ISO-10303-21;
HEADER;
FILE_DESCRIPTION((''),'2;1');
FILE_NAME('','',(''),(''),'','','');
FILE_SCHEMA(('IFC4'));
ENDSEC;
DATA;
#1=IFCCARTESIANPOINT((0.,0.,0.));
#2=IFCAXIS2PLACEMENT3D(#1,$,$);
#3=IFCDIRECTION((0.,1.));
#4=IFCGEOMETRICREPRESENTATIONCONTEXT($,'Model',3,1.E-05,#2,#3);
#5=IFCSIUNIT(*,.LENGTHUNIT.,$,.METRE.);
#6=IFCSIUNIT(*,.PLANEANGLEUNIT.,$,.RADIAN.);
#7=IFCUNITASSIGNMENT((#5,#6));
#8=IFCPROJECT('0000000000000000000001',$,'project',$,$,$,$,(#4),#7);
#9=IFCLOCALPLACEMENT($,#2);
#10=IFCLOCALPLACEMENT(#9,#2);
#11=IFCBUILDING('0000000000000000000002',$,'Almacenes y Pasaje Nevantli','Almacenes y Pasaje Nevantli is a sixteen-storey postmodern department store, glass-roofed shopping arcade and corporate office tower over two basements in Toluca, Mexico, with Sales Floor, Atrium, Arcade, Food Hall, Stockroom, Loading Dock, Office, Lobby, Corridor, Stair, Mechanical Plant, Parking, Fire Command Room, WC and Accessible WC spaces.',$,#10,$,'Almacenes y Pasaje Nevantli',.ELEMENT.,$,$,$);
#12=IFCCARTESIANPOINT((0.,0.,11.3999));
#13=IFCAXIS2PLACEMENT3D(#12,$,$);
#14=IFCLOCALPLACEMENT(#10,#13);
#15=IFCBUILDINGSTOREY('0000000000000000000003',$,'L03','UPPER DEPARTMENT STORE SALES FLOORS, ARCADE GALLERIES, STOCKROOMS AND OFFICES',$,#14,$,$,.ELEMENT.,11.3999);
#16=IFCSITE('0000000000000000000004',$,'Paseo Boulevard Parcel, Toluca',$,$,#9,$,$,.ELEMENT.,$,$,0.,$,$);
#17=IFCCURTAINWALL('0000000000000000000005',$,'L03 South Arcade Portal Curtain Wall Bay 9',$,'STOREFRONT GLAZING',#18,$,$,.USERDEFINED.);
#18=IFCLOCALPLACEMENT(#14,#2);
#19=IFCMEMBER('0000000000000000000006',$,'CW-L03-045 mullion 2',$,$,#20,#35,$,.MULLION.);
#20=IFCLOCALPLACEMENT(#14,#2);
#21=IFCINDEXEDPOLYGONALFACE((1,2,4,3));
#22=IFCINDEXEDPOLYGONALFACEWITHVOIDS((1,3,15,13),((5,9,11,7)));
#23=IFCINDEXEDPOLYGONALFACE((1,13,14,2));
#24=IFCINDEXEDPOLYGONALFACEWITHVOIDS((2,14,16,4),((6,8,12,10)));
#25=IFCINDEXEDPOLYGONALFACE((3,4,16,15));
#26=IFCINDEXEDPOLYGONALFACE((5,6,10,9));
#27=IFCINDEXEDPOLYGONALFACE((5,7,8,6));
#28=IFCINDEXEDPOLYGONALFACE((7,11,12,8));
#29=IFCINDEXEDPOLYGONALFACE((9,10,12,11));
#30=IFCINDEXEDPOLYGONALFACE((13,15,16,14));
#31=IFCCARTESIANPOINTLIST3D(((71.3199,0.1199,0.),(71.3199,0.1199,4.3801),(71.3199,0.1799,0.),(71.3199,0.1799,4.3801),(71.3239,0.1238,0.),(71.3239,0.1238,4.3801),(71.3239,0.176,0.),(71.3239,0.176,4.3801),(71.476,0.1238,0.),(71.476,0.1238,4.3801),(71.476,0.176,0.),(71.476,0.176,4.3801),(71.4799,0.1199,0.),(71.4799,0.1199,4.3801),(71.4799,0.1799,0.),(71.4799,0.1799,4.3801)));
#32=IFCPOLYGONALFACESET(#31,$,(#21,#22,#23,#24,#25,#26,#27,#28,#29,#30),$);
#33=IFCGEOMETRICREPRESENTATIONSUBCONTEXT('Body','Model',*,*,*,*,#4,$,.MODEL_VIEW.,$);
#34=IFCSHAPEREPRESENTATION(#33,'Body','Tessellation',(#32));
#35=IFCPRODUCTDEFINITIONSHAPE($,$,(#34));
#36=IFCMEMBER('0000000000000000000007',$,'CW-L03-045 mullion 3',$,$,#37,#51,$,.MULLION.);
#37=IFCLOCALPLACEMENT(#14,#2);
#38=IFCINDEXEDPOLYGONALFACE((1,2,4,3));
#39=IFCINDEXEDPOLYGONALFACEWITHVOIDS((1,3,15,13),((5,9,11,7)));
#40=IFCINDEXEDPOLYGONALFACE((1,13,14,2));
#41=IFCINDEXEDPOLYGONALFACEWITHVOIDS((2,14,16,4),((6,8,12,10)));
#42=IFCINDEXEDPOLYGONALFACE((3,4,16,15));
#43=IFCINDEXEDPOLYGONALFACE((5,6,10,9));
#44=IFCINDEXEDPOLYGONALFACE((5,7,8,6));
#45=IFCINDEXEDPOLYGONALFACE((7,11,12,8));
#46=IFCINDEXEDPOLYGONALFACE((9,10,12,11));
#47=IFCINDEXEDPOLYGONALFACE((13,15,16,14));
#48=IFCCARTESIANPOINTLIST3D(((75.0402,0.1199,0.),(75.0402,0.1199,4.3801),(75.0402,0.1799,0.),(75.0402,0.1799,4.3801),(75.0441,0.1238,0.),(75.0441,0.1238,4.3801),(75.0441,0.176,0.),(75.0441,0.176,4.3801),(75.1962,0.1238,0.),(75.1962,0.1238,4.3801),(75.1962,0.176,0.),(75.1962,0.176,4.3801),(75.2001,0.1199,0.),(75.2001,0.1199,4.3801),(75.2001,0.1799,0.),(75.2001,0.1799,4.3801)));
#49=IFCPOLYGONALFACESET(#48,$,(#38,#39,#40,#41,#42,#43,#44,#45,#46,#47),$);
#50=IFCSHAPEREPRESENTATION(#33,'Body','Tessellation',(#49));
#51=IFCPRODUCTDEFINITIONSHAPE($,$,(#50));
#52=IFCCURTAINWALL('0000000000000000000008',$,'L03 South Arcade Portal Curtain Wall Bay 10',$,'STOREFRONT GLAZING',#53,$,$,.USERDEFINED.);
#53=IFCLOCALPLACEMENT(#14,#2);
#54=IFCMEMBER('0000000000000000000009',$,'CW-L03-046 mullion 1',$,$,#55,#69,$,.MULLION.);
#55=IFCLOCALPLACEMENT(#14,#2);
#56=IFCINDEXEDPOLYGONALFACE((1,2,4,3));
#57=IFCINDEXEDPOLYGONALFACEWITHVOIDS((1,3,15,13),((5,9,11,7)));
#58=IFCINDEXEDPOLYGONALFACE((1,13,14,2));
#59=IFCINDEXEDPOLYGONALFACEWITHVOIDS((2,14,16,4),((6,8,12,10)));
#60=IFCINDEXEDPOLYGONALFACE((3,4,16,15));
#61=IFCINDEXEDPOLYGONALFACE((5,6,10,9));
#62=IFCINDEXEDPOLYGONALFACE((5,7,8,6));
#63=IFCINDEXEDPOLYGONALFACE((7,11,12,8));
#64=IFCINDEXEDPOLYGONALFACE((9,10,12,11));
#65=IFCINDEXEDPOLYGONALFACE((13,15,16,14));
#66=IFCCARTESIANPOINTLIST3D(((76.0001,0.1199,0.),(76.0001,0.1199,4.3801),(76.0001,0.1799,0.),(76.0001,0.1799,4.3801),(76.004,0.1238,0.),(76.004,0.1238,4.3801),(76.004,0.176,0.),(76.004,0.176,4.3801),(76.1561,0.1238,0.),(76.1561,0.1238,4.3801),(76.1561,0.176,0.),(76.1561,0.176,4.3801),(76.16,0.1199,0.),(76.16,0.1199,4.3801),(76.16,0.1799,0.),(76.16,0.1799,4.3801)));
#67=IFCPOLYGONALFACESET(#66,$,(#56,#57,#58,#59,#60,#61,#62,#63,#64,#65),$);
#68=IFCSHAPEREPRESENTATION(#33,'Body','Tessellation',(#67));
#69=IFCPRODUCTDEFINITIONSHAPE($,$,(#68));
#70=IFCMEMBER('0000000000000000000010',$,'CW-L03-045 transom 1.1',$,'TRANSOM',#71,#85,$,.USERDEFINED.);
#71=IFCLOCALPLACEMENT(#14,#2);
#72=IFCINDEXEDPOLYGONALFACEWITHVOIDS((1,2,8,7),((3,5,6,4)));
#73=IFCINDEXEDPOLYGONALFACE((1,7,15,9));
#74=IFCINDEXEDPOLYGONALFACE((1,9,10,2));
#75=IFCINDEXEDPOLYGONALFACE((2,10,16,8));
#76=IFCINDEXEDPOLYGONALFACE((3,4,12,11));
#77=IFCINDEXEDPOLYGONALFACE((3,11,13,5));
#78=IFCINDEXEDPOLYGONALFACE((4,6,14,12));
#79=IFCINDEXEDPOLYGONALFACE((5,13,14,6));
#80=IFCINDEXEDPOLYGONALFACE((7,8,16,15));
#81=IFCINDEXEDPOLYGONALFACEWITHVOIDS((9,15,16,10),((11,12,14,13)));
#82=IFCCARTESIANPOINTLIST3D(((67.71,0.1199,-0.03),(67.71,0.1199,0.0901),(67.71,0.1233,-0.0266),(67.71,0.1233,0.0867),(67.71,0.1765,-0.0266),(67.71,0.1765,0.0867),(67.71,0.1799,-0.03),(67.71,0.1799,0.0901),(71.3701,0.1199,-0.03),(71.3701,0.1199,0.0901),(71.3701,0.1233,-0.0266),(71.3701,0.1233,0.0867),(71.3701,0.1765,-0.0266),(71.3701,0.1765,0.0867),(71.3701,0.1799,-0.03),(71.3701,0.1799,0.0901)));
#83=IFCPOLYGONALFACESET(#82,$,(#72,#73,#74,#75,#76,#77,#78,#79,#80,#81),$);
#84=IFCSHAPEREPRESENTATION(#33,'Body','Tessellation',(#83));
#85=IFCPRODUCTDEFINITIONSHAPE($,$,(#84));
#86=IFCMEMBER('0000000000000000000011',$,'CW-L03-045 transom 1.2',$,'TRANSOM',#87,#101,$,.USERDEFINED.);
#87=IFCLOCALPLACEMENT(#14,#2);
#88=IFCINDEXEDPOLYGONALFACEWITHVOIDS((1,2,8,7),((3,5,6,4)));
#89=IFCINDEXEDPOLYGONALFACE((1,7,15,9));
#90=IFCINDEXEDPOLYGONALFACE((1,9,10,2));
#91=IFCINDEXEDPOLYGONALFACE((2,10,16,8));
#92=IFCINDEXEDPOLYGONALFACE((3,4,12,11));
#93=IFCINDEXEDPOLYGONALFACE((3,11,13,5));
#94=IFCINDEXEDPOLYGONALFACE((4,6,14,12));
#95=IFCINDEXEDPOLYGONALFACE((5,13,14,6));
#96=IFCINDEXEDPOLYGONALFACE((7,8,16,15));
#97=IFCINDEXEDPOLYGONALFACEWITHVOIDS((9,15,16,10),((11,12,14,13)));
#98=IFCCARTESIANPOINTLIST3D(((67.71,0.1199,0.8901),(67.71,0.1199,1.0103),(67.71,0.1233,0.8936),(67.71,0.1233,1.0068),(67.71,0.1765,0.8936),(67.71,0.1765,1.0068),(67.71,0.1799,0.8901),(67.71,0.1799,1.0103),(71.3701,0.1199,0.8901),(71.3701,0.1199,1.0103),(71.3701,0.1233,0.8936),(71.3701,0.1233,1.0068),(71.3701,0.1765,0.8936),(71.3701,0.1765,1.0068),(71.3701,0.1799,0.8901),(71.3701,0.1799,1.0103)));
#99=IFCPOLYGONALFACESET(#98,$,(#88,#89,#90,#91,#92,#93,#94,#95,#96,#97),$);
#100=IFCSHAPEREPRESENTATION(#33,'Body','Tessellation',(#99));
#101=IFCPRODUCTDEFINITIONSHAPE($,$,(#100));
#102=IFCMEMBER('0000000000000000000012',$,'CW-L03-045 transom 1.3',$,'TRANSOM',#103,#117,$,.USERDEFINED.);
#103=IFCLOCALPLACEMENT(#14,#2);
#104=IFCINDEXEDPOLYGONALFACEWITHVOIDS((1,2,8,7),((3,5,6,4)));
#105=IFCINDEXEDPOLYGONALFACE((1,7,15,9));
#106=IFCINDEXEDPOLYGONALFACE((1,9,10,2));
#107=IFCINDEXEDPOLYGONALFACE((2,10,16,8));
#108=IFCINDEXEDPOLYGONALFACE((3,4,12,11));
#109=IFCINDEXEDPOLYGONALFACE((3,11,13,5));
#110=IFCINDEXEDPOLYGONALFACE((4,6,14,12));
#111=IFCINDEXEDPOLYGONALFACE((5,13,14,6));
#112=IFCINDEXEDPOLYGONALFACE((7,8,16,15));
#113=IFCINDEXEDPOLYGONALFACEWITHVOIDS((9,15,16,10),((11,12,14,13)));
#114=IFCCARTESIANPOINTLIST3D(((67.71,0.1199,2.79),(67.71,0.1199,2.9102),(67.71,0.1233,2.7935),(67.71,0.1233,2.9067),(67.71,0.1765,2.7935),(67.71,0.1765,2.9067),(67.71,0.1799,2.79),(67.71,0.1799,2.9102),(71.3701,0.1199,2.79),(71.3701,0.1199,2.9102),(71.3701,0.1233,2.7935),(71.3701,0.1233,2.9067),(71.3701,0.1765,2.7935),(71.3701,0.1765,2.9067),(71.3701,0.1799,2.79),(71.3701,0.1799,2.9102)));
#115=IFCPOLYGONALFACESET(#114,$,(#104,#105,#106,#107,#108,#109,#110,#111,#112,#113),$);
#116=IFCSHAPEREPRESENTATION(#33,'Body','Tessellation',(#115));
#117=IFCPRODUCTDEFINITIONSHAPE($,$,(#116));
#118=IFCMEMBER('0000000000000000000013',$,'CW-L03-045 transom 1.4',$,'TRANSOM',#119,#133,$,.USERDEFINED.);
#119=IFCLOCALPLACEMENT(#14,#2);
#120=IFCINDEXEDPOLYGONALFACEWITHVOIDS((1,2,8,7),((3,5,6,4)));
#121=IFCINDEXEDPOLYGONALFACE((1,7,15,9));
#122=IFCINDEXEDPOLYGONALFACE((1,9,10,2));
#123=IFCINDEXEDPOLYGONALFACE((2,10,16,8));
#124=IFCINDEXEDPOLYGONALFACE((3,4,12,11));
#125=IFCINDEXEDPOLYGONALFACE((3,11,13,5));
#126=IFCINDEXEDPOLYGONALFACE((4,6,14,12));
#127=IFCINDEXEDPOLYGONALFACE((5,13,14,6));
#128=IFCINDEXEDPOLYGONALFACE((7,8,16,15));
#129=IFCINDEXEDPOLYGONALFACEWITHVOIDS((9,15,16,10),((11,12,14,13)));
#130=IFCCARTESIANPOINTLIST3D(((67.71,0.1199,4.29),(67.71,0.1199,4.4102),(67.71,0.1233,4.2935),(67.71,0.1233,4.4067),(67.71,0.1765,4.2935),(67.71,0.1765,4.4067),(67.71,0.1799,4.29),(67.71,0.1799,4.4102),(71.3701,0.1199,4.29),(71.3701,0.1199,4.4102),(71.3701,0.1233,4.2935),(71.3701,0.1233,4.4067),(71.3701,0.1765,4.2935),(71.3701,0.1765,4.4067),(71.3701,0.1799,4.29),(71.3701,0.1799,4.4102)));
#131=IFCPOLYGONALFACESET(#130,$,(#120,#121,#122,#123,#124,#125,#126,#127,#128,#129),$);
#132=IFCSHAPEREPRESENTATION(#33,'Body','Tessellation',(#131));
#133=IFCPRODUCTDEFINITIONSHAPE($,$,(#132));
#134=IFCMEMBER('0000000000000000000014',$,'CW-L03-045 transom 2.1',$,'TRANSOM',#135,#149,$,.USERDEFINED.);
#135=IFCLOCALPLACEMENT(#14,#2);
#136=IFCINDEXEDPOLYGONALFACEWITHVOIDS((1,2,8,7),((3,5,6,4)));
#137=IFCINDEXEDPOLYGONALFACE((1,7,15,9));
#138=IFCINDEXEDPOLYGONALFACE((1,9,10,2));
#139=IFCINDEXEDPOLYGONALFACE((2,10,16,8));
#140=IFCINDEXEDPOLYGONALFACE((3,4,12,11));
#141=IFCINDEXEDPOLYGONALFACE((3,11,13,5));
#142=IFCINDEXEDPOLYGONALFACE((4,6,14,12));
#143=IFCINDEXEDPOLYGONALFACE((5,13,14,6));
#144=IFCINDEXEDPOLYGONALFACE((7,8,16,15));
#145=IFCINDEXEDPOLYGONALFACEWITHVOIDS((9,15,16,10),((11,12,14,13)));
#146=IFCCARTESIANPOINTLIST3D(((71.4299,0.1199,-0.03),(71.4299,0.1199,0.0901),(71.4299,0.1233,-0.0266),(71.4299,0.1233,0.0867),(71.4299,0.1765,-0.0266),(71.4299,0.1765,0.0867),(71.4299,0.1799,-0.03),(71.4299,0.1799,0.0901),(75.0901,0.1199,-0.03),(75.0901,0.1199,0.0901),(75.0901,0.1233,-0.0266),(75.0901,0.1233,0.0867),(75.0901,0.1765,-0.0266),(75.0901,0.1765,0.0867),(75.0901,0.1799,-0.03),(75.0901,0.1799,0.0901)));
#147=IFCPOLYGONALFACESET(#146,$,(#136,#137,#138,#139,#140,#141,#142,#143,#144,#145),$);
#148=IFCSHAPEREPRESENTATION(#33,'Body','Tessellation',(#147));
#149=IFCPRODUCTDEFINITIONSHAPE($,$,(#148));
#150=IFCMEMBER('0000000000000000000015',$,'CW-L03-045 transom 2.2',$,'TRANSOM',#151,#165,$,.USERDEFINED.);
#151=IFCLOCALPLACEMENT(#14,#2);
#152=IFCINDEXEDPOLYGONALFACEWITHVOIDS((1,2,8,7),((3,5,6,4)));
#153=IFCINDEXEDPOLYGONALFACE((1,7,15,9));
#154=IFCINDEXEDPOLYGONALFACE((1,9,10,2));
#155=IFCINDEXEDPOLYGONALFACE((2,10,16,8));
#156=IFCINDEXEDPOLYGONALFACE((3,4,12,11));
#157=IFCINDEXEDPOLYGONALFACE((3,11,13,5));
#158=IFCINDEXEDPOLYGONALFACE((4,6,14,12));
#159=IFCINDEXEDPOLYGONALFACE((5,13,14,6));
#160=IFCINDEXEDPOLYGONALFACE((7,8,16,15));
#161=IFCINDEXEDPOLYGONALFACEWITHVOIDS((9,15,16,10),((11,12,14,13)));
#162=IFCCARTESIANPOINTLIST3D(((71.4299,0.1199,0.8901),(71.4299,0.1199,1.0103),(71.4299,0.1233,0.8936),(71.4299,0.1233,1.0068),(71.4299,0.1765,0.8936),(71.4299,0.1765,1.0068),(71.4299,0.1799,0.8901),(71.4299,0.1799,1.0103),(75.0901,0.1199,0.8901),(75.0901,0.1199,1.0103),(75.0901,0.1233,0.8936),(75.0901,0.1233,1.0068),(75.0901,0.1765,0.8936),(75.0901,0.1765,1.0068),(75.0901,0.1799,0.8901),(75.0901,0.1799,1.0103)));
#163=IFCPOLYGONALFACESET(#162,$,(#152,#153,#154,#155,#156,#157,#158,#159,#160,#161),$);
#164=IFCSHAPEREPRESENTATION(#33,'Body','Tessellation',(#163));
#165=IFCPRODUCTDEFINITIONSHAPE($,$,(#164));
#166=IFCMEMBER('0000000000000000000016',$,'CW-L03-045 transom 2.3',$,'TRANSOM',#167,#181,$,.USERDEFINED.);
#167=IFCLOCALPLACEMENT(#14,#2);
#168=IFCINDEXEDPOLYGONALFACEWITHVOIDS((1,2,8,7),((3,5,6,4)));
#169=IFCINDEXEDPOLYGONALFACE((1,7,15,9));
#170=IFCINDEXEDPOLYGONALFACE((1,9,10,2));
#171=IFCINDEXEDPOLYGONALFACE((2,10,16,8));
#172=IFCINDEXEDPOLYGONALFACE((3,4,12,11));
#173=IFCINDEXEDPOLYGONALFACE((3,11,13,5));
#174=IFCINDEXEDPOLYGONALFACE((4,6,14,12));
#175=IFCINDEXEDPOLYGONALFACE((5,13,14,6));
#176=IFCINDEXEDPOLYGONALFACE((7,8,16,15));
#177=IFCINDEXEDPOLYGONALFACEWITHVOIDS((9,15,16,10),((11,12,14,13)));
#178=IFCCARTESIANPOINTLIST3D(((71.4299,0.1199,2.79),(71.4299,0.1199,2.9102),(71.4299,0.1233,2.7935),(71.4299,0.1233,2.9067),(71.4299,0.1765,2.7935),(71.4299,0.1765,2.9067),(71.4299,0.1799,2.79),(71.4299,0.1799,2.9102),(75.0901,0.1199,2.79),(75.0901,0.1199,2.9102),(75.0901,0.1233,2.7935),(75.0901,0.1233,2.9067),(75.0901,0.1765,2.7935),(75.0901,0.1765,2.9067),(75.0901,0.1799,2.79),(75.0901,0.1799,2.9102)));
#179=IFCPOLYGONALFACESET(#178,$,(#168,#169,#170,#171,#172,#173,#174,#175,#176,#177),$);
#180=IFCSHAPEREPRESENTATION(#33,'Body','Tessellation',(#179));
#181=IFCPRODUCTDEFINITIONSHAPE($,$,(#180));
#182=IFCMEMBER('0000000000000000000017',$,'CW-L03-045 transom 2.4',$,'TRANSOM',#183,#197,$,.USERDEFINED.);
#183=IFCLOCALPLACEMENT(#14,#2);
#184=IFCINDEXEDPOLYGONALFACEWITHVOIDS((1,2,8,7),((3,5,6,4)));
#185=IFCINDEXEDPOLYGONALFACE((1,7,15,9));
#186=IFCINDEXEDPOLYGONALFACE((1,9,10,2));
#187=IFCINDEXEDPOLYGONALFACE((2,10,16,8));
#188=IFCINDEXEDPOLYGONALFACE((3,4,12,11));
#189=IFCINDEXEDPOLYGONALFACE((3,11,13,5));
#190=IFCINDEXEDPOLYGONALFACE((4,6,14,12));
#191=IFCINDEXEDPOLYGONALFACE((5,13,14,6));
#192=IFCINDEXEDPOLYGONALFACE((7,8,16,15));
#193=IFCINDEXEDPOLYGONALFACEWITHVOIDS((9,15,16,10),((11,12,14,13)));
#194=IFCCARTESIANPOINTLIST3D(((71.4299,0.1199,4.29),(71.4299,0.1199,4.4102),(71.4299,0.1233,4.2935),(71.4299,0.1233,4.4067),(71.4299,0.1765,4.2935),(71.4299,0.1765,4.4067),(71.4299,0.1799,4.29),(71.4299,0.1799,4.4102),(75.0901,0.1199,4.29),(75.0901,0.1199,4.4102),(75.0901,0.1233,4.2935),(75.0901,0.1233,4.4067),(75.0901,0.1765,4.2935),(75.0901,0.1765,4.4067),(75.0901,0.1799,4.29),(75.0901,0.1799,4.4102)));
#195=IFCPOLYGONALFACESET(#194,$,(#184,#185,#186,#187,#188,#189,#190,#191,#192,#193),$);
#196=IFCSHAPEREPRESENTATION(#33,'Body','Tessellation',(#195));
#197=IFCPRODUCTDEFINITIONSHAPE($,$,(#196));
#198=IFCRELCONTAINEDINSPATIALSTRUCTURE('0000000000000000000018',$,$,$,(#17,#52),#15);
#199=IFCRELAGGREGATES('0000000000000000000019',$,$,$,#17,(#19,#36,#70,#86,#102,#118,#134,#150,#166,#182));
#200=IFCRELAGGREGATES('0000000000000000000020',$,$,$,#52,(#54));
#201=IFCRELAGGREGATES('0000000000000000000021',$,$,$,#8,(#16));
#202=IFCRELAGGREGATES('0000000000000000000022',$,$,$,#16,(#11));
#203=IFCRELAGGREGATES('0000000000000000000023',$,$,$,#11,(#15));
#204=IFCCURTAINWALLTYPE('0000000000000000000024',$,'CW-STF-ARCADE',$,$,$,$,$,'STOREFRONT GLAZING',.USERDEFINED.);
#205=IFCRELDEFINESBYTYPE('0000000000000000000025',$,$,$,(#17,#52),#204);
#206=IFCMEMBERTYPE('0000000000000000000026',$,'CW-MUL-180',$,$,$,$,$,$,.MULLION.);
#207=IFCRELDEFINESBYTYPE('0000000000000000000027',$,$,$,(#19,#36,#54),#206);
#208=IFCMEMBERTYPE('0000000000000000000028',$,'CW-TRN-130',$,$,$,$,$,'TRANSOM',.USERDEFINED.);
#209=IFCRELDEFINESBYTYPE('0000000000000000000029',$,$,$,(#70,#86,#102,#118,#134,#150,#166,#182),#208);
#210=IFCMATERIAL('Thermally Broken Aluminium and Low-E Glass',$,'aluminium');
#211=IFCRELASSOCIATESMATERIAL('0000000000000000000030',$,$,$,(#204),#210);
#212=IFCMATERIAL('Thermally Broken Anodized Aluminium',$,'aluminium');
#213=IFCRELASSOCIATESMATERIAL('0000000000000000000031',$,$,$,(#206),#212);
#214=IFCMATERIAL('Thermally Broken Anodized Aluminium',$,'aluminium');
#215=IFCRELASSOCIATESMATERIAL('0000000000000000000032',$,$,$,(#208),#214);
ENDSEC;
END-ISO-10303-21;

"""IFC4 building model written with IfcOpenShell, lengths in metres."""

from ifc_helpers import new_model, si_unit, direction, frame, origin, origin_2d, place, context, subcontext, project, spatial, hollow_rectangle, extrude, material, material_profile, profile_set, type_object, element, aggregate, save


model = new_model("IFC4")

# Units and contexts
model_context = context("Model", 3, precision=1e-05, world=origin(), true_north=direction((0.0, 1.0)))
body_context = subcontext(model_context, "Body", "Model", "MODEL_VIEW")
ifc_project = project(units=[si_unit("LENGTHUNIT", "METRE"), si_unit("PLANEANGLEUNIT", "RADIAN")], contexts=[model_context])

# Site, building, storey
site_placement = place(None, origin())
site = spatial("IfcSite", under=ifc_project, at=site_placement, Name="Paseo Boulevard Parcel, Toluca", CompositionType="ELEMENT", RefElevation=0.0)
building_placement = place(site_placement, origin())
building = spatial("IfcBuilding", under=site, at=building_placement, Name="Almacenes y Pasaje Nevantli", Description="Almacenes y Pasaje Nevantli is a sixteen-storey postmodern department store, glass-roofed shopping arcade and corporate office tower over two basements in Toluca, Mexico, with Sales Floor, Atrium, Arcade, Food Hall, Stockroom, Loading Dock, Office, Lobby, Corridor, Stair, Mechanical Plant, Parking, Fire Command Room, WC and Accessible WC spaces.", LongName="Almacenes y Pasaje Nevantli", CompositionType="ELEMENT")
storey_placement = place(building_placement, frame((0.0, 0.0, 11.3999)))
storey = spatial("IfcBuildingStorey", under=building, at=storey_placement, Name="L03", Description="UPPER DEPARTMENT STORE SALES FLOORS, ARCADE GALLERIES, STOCKROOMS AND OFFICES", CompositionType="ELEMENT", Elevation=11.3999)

# Curtain wall, members
ifc_material_1 = material(Name="Thermally Broken Aluminium and Low-E Glass", Category="aluminium")
curtain_wall_type = type_object("IfcCurtainWallType", Name="CW-STF-ARCADE", ElementType="STOREFRONT GLAZING", PredefinedType="USERDEFINED", material=ifc_material_1)
curtain_wall_1_placement = place(storey_placement, origin())
curtain_wall_1 = element("IfcCurtainWall", 1, at=curtain_wall_1_placement, inside=storey, type_object=curtain_wall_type, Name="L03 South Arcade Portal Curtain Wall Bay 9", ObjectType="STOREFRONT GLAZING", PredefinedType="USERDEFINED")
ifc_material_2 = material(Name="Thermally Broken Anodized Aluminium", Category="aluminium")
ifc_material_profile_1 = material_profile(ifc_material_2, hollow_rectangle(XDim=0.0601, YDim=0.1599, WallThickness=0.0039, at=origin_2d()), Name="ALU-MUL-60x160")
ifc_profile_set_1 = profile_set([ifc_material_profile_1], Name="Thermally Broken Anodized Aluminium")
member_type_1 = type_object("IfcMemberType", Name="CW-MUL-180", PredefinedType="MULLION", material=ifc_profile_set_1)
member_1_placement = place(storey_placement, frame((71.3999, 0.1499, 0.0), z_axis=(0.0, 0.0, 1.0), x_axis=(0.0, 1.0, 0.0)))
member_1 = element("IfcMember", 2, at=member_1_placement, type_object=member_type_1, Name="CW-L03-045 mullion 2", PredefinedType="MULLION", context=body_context, shape_type="SweptSolid", body=[
    extrude(hollow_rectangle(XDim=0.0601, YDim=0.1599, WallThickness=0.0039, at=origin_2d()), origin(), (0.0, 0.0, 1.0), 4.3801),
])
member_2_placement = place(storey_placement, frame((75.1201, 0.1499, 0.0), z_axis=(0.0, 0.0, 1.0), x_axis=(0.0, 1.0, 0.0)))
member_2 = element("IfcMember", 3, at=member_2_placement, type_object=member_type_1, Name="CW-L03-045 mullion 3", PredefinedType="MULLION", context=body_context, shape_type="SweptSolid", body=[
    extrude(hollow_rectangle(XDim=0.0601, YDim=0.1599, WallThickness=0.0039, at=origin_2d()), origin(), (0.0, 0.0, 1.0), 4.3801),
])

# Curtain wall, member
curtain_wall_2_placement = place(storey_placement, origin())
curtain_wall_2 = element("IfcCurtainWall", 4, at=curtain_wall_2_placement, inside=storey, type_object=curtain_wall_type, Name="L03 South Arcade Portal Curtain Wall Bay 10", ObjectType="STOREFRONT GLAZING", PredefinedType="USERDEFINED")
member_3_placement = place(storey_placement, frame((76.0801, 0.1499, 0.0), z_axis=(0.0, 0.0, 1.0), x_axis=(0.0, 1.0, 0.0)))
member_3 = element("IfcMember", 5, at=member_3_placement, type_object=member_type_1, Name="CW-L03-046 mullion 1", PredefinedType="MULLION", context=body_context, shape_type="SweptSolid", body=[
    extrude(hollow_rectangle(XDim=0.0601, YDim=0.1599, WallThickness=0.0039, at=origin_2d()), origin(), (0.0, 0.0, 1.0), 4.3801),
])

# Members
ifc_material_3 = material(Name="Thermally Broken Anodized Aluminium", Category="aluminium")
ifc_material_profile_2 = material_profile(ifc_material_3, hollow_rectangle(XDim=0.0601, YDim=0.1201, WallThickness=0.0034, at=origin_2d()), Name="ALU-TRN-60x120")
ifc_profile_set_2 = profile_set([ifc_material_profile_2], Name="Thermally Broken Anodized Aluminium")
member_type_2 = type_object("IfcMemberType", Name="CW-TRN-130", ElementType="TRANSOM", PredefinedType="USERDEFINED", material=ifc_profile_set_2)
member_4_placement = place(storey_placement, frame((67.71, 0.1499, 0.03), z_axis=(1.0, 0.0, 0.0), x_axis=(0.0, 1.0, 0.0)))
member_4 = element("IfcMember", 6, at=member_4_placement, type_object=member_type_2, Name="CW-L03-045 transom 1.1", ObjectType="TRANSOM", PredefinedType="USERDEFINED", context=body_context, shape_type="SweptSolid", body=[
    extrude(hollow_rectangle(XDim=0.0601, YDim=0.1201, WallThickness=0.0034, at=origin_2d()), origin(), (0.0, 0.0, 1.0), 3.6602),
])
member_5_placement = place(storey_placement, frame((67.71, 0.1499, 0.9502), z_axis=(1.0, 0.0, 0.0), x_axis=(0.0, 1.0, 0.0)))
member_5 = element("IfcMember", 7, at=member_5_placement, type_object=member_type_2, Name="CW-L03-045 transom 1.2", ObjectType="TRANSOM", PredefinedType="USERDEFINED", context=body_context, shape_type="SweptSolid", body=[
    extrude(hollow_rectangle(XDim=0.0601, YDim=0.1201, WallThickness=0.0034, at=origin_2d()), origin(), (0.0, 0.0, 1.0), 3.6602),
])
member_6_placement = place(storey_placement, frame((67.71, 0.1499, 2.8501), z_axis=(1.0, 0.0, 0.0), x_axis=(0.0, 1.0, 0.0)))
member_6 = element("IfcMember", 8, at=member_6_placement, type_object=member_type_2, Name="CW-L03-045 transom 1.3", ObjectType="TRANSOM", PredefinedType="USERDEFINED", context=body_context, shape_type="SweptSolid", body=[
    extrude(hollow_rectangle(XDim=0.0601, YDim=0.1201, WallThickness=0.0034, at=origin_2d()), origin(), (0.0, 0.0, 1.0), 3.6602),
])
member_7_placement = place(storey_placement, frame((67.71, 0.1499, 4.3501), z_axis=(1.0, 0.0, 0.0), x_axis=(0.0, 1.0, 0.0)))
member_7 = element("IfcMember", 9, at=member_7_placement, type_object=member_type_2, Name="CW-L03-045 transom 1.4", ObjectType="TRANSOM", PredefinedType="USERDEFINED", context=body_context, shape_type="SweptSolid", body=[
    extrude(hollow_rectangle(XDim=0.0601, YDim=0.1201, WallThickness=0.0034, at=origin_2d()), origin(), (0.0, 0.0, 1.0), 3.6602),
])
member_8_placement = place(storey_placement, frame((71.4299, 0.1499, 0.03), z_axis=(1.0, 0.0, 0.0), x_axis=(0.0, 1.0, 0.0)))
member_8 = element("IfcMember", 10, at=member_8_placement, type_object=member_type_2, Name="CW-L03-045 transom 2.1", ObjectType="TRANSOM", PredefinedType="USERDEFINED", context=body_context, shape_type="SweptSolid", body=[
    extrude(hollow_rectangle(XDim=0.0601, YDim=0.1201, WallThickness=0.0034, at=origin_2d()), origin(), (0.0, 0.0, 1.0), 3.6602),
])
member_9_placement = place(storey_placement, frame((71.4299, 0.1499, 0.9502), z_axis=(1.0, 0.0, 0.0), x_axis=(0.0, 1.0, 0.0)))
member_9 = element("IfcMember", 11, at=member_9_placement, type_object=member_type_2, Name="CW-L03-045 transom 2.2", ObjectType="TRANSOM", PredefinedType="USERDEFINED", context=body_context, shape_type="SweptSolid", body=[
    extrude(hollow_rectangle(XDim=0.0601, YDim=0.1201, WallThickness=0.0034, at=origin_2d()), origin(), (0.0, 0.0, 1.0), 3.6602),
])
member_10_placement = place(storey_placement, frame((71.4299, 0.1499, 2.8501), z_axis=(1.0, 0.0, 0.0), x_axis=(0.0, 1.0, 0.0)))
member_10 = element("IfcMember", 12, at=member_10_placement, type_object=member_type_2, Name="CW-L03-045 transom 2.3", ObjectType="TRANSOM", PredefinedType="USERDEFINED", context=body_context, shape_type="SweptSolid", body=[
    extrude(hollow_rectangle(XDim=0.0601, YDim=0.1201, WallThickness=0.0034, at=origin_2d()), origin(), (0.0, 0.0, 1.0), 3.6602),
])
member_11_placement = place(storey_placement, frame((71.4299, 0.1499, 4.3501), z_axis=(1.0, 0.0, 0.0), x_axis=(0.0, 1.0, 0.0)))
member_11 = element("IfcMember", 13, at=member_11_placement, type_object=member_type_2, Name="CW-L03-045 transom 2.4", ObjectType="TRANSOM", PredefinedType="USERDEFINED", context=body_context, shape_type="SweptSolid", body=[
    extrude(hollow_rectangle(XDim=0.0601, YDim=0.1201, WallThickness=0.0034, at=origin_2d()), origin(), (0.0, 0.0, 1.0), 3.6602),
])

aggregate(curtain_wall_1, [member_1, member_2, member_4, member_5, member_6, member_7, member_8, member_9, member_10, member_11])
aggregate(curtain_wall_2, [member_3])

save(model, "model.ifc")
